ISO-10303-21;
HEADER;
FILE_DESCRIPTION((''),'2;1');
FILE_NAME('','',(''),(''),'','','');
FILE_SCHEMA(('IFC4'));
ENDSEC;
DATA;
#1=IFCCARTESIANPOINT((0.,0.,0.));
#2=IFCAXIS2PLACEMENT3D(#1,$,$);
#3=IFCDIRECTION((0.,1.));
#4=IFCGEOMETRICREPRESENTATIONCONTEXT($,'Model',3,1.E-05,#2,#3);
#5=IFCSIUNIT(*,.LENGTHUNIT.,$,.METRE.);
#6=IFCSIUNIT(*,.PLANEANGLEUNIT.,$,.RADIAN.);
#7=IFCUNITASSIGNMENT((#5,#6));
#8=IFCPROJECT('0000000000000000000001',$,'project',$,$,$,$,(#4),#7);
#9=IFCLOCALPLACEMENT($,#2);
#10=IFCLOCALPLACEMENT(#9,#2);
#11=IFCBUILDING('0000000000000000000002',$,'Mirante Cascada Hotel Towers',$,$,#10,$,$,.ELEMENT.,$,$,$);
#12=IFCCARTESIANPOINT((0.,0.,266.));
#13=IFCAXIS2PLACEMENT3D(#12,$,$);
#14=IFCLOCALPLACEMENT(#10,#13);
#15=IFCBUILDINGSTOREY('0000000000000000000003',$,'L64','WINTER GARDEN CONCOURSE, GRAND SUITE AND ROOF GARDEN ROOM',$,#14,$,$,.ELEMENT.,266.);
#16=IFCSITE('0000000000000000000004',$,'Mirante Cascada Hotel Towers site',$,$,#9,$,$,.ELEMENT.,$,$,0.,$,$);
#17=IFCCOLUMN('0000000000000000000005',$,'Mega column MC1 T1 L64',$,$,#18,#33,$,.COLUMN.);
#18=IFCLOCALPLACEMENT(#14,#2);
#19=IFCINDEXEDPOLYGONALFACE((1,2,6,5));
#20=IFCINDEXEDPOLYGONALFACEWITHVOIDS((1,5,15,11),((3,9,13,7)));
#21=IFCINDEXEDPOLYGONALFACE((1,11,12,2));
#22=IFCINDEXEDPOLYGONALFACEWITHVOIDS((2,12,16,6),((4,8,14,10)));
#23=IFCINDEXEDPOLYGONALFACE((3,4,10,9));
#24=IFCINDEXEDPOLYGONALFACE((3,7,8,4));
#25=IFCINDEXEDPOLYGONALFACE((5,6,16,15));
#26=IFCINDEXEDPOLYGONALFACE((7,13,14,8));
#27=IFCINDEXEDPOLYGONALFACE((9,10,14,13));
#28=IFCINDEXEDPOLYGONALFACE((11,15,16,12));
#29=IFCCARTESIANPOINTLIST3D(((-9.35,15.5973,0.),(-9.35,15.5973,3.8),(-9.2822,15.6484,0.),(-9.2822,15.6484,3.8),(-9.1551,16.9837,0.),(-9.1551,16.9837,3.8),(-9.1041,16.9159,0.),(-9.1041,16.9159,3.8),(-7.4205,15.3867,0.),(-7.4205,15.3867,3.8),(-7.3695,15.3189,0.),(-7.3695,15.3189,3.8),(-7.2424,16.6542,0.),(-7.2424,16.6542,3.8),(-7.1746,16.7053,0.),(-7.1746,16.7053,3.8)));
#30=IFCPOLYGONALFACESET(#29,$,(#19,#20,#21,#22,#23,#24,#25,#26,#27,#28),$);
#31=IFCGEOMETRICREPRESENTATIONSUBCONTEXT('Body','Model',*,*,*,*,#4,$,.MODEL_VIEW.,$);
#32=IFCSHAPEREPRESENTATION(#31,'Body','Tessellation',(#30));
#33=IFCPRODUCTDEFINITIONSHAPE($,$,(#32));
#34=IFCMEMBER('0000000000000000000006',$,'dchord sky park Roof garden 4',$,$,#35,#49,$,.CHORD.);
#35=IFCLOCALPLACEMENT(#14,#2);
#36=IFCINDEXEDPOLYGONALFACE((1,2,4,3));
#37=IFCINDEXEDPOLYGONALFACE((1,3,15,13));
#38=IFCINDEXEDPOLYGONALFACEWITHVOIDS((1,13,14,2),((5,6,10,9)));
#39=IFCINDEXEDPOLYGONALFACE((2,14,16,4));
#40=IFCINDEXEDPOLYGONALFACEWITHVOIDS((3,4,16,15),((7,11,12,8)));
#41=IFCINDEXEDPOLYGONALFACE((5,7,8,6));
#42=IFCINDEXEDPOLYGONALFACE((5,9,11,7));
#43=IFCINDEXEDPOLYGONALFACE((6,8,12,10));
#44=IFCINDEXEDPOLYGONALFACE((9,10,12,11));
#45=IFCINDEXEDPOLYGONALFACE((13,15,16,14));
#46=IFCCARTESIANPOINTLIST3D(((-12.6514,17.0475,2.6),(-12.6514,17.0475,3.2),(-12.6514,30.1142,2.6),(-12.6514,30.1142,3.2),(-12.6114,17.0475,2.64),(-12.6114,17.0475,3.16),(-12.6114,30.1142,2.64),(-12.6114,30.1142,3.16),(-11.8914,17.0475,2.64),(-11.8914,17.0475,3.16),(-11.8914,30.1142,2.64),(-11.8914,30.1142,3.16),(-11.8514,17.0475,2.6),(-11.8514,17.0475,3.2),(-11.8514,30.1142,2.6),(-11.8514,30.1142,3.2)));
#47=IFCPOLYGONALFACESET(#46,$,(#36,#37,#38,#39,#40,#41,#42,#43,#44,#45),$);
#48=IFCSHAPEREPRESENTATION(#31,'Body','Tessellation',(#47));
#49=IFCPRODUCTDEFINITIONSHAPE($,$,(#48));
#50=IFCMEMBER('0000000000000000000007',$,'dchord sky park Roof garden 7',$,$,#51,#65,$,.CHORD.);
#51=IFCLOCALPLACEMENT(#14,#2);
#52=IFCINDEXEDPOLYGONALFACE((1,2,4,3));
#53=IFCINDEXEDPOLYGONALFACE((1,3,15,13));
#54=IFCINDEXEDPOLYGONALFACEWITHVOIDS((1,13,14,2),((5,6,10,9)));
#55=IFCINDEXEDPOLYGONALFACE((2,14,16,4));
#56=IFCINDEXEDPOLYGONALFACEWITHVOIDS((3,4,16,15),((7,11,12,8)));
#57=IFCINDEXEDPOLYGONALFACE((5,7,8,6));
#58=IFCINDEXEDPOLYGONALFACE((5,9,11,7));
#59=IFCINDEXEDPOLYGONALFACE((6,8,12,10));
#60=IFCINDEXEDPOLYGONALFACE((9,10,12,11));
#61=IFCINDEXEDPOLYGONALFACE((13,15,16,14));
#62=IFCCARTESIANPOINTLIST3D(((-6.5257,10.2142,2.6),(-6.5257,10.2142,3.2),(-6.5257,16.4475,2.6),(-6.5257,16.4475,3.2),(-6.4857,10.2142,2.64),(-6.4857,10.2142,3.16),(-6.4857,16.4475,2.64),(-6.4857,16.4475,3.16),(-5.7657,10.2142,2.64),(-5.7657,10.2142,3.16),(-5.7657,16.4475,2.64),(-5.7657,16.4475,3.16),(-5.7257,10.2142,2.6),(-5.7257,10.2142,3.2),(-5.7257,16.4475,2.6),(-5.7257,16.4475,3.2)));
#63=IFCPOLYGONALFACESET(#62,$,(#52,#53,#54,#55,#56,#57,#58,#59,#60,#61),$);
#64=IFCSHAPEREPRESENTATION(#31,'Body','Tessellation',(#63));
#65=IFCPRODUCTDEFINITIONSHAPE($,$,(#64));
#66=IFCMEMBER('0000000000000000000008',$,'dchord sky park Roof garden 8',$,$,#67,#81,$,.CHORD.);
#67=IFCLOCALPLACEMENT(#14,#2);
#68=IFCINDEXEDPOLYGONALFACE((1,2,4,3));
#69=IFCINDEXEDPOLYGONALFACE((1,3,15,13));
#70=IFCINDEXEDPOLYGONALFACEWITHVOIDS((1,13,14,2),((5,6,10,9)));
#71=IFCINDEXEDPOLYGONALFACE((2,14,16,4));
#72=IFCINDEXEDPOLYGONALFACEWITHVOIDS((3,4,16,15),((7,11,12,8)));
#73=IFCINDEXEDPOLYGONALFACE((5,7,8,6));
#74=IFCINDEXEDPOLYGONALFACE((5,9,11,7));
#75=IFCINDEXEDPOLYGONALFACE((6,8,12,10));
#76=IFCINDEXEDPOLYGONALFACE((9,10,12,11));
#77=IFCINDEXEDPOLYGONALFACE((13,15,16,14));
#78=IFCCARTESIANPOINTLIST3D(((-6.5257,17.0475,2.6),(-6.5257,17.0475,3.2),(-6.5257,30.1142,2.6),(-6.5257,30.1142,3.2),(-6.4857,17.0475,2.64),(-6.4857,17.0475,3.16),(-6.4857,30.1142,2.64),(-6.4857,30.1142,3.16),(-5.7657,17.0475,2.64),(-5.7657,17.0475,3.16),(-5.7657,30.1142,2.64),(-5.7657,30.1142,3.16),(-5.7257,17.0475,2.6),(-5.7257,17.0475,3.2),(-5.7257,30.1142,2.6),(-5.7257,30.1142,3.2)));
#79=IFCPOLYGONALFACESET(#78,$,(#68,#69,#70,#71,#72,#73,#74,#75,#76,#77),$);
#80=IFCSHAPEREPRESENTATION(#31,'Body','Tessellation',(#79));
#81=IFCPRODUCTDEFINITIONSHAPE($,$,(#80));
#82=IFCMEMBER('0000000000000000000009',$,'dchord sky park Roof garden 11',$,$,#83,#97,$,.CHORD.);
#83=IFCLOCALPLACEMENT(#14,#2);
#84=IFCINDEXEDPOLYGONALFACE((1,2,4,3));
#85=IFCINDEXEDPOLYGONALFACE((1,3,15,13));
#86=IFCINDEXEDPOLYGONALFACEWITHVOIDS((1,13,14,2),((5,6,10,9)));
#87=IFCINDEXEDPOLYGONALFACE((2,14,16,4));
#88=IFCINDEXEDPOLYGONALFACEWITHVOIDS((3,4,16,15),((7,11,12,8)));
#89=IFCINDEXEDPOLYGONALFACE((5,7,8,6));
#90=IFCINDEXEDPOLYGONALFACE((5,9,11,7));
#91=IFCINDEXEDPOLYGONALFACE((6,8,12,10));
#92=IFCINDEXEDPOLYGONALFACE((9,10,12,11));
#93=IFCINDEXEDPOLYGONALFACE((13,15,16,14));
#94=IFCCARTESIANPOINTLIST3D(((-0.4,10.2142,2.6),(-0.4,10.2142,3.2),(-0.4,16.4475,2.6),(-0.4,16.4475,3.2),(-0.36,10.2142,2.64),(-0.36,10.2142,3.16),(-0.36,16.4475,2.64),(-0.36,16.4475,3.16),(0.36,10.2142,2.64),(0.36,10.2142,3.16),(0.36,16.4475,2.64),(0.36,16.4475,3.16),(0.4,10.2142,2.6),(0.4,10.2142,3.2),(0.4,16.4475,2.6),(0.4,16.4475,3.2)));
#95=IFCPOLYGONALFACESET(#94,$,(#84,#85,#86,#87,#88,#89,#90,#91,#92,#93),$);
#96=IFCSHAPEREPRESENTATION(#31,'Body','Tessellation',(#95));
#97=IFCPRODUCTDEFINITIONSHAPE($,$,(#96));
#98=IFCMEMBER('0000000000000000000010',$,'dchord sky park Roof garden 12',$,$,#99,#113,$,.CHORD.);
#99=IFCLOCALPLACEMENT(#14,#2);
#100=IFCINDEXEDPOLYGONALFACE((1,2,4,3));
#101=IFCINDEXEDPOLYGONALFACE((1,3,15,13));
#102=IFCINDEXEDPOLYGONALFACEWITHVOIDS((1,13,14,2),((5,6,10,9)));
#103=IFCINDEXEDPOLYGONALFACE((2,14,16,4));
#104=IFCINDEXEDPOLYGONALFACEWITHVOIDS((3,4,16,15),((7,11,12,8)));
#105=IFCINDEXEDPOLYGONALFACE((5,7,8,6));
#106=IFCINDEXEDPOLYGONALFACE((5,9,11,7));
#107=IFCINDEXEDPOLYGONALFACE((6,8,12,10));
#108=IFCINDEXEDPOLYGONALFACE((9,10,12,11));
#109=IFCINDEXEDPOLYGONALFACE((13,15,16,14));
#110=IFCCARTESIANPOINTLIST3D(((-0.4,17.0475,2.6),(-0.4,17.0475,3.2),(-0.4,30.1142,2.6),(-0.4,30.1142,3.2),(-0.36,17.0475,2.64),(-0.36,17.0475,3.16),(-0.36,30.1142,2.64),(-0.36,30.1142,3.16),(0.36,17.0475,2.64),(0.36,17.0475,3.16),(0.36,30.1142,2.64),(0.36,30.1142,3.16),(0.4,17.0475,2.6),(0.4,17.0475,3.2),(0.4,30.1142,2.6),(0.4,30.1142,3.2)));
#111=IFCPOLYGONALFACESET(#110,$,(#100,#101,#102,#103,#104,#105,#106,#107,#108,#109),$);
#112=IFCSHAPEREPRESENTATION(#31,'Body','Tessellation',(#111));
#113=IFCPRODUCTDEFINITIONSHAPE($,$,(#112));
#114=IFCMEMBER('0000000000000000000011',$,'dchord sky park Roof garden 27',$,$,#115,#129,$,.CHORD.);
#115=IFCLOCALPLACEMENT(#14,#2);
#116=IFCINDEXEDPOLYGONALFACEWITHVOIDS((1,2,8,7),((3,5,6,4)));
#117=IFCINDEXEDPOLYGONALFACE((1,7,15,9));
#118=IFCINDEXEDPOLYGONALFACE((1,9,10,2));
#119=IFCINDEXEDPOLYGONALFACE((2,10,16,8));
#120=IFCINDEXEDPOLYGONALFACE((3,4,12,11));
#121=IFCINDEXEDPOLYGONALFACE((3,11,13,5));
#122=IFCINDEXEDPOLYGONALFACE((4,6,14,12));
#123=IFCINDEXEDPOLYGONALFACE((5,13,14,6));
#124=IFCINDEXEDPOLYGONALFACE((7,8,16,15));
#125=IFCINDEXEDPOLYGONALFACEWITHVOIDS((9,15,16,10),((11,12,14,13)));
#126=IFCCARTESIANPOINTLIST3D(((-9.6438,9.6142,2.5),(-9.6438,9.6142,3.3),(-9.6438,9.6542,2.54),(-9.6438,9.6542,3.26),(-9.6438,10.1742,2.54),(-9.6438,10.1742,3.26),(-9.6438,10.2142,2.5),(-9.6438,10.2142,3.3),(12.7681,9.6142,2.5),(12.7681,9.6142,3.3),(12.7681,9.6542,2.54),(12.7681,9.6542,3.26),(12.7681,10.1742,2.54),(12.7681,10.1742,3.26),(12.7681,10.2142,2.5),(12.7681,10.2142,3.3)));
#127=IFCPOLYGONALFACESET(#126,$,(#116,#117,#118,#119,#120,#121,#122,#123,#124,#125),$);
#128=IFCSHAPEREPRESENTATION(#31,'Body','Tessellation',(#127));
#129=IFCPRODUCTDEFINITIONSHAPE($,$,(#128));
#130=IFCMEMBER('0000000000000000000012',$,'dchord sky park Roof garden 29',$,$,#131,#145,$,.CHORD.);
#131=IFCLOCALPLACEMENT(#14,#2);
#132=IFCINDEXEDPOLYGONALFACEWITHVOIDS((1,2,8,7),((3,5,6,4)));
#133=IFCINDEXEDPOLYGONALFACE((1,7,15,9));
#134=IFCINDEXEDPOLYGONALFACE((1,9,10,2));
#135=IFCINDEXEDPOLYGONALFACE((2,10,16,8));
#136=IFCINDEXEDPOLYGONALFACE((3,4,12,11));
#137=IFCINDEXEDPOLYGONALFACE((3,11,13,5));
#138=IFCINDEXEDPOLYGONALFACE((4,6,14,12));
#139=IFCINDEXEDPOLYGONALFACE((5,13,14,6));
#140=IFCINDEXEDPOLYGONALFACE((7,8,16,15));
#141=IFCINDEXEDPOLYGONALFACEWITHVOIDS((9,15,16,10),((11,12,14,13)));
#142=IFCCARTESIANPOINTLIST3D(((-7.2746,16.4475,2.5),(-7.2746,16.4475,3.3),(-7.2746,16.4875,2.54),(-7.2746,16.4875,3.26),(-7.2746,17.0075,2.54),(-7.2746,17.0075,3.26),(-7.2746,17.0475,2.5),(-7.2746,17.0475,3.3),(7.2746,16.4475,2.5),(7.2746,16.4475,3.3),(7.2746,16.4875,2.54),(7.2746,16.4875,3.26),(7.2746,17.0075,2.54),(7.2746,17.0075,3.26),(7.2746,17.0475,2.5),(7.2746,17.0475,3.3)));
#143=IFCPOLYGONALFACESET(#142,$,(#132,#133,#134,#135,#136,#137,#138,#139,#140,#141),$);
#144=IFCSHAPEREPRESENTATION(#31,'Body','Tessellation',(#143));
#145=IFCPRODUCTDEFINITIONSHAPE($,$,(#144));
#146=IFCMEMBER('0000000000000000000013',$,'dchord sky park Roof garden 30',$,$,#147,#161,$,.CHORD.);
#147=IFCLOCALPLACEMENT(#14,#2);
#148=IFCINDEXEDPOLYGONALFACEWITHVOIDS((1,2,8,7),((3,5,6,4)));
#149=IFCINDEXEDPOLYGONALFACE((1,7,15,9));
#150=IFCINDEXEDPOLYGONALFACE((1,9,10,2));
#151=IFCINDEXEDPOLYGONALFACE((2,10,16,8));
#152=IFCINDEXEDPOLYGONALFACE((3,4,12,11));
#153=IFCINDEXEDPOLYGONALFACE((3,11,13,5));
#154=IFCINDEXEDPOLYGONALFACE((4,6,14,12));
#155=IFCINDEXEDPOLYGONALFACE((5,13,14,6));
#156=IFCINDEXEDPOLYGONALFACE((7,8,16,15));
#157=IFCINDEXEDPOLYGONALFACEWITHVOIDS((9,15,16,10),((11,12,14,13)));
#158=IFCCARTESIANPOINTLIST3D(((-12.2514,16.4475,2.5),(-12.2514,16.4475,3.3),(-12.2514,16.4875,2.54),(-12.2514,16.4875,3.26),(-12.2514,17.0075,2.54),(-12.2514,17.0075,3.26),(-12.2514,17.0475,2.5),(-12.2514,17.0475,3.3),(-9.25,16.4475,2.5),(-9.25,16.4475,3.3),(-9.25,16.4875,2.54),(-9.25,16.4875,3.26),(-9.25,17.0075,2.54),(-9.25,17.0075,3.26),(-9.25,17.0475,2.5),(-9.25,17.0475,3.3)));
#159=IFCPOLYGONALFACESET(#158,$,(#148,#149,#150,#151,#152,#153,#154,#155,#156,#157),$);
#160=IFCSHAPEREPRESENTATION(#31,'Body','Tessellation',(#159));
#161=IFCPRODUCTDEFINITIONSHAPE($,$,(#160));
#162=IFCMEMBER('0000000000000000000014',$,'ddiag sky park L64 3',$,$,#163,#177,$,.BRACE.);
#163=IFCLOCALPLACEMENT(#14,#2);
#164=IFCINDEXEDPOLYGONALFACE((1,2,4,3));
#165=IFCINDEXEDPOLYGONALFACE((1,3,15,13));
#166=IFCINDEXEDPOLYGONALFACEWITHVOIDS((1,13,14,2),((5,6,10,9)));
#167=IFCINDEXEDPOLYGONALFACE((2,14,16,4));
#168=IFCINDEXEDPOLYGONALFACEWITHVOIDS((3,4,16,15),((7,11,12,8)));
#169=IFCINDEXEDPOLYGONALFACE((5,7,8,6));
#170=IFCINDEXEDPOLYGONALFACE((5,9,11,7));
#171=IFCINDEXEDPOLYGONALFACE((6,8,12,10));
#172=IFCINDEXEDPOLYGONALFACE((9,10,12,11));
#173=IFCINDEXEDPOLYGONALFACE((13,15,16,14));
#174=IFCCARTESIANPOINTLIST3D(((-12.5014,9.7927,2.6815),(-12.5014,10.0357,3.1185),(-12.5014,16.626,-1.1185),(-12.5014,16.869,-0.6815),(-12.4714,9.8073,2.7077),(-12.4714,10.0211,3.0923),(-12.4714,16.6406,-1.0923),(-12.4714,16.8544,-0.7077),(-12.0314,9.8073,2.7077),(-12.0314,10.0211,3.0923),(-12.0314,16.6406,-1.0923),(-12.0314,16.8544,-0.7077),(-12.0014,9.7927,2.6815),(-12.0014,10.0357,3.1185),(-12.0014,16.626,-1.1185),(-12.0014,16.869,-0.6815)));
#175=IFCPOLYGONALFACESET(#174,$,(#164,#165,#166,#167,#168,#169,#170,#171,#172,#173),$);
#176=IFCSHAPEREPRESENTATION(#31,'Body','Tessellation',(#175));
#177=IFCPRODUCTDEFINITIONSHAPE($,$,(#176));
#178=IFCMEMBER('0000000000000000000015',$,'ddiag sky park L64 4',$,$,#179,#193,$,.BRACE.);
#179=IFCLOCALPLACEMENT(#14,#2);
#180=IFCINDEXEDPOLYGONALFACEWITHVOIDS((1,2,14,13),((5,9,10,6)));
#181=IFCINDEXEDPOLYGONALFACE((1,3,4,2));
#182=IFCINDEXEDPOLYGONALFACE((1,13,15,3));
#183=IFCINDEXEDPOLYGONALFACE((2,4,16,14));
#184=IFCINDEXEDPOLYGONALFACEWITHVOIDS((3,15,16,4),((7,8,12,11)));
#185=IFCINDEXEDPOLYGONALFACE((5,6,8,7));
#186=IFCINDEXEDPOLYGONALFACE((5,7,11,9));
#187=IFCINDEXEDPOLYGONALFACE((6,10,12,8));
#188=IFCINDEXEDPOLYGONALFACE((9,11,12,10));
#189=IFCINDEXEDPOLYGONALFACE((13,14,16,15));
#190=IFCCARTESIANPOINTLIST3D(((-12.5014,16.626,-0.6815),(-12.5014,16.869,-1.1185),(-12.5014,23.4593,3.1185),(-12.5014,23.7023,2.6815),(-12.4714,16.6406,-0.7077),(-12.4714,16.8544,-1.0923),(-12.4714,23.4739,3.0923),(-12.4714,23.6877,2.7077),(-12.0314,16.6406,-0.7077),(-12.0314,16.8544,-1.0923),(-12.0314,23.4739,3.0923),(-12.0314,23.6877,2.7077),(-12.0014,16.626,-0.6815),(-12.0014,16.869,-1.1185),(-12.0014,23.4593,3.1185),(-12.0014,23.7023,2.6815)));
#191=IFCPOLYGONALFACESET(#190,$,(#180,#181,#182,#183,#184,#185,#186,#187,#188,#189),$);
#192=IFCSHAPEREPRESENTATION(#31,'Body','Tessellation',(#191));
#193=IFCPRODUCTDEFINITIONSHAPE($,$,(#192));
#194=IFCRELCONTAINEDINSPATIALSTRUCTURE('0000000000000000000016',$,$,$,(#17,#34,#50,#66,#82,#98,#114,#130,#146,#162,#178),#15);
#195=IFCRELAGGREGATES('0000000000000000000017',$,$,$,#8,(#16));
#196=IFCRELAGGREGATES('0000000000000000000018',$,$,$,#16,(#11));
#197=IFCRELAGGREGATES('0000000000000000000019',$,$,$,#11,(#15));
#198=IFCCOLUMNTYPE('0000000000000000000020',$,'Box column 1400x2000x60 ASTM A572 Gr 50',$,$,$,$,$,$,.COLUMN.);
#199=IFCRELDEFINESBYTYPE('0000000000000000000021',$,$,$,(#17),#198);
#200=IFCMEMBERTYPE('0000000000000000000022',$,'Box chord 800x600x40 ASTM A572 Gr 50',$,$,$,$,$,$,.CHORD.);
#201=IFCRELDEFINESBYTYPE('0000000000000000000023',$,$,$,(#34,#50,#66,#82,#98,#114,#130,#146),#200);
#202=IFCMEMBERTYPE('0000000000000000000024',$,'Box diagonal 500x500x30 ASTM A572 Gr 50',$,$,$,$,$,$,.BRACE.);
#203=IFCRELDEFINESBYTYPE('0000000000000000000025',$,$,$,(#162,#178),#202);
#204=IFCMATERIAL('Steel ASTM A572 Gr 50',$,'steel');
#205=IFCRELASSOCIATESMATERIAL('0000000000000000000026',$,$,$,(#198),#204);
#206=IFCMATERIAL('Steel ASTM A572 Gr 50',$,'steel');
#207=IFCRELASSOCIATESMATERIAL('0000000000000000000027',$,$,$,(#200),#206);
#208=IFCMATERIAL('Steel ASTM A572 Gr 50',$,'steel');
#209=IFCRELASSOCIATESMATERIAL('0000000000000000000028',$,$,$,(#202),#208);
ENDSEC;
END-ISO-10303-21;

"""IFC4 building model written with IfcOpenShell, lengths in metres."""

from ifc_helpers import new_model, si_unit, direction, frame, origin, origin_2d, place, context, subcontext, project, spatial, hollow_rectangle, extrude, material, material_profile, profile_set, type_object, element, save


model = new_model("IFC4")

# Units and contexts
model_context = context("Model", 3, precision=1e-05, world=origin(), true_north=direction((0.0, 1.0)))
body_context = subcontext(model_context, "Body", "Model", "MODEL_VIEW")
ifc_project = project(units=[si_unit("LENGTHUNIT", "METRE"), si_unit("PLANEANGLEUNIT", "RADIAN")], contexts=[model_context])

# Site, building, storey
site_placement = place(None, origin())
site = spatial("IfcSite", under=ifc_project, at=site_placement, Name="Mirante Cascada Hotel Towers site", CompositionType="ELEMENT", RefElevation=0.0)
building_placement = place(site_placement, origin())
building = spatial("IfcBuilding", under=site, at=building_placement, Name="Mirante Cascada Hotel Towers", CompositionType="ELEMENT")
storey_placement = place(building_placement, frame((0.0, 0.0, 266.0)))
storey = spatial("IfcBuildingStorey", under=building, at=storey_placement, Name="L64", Description="WINTER GARDEN CONCOURSE, GRAND SUITE AND ROOF GARDEN ROOM", CompositionType="ELEMENT", Elevation=266.0)

# Column
ifc_material_1 = material(Name="Steel ASTM A572 Gr 50", Category="steel")
ifc_material_profile_1 = material_profile(ifc_material_1, hollow_rectangle(XDim=2.0, YDim=1.4, WallThickness=0.06, at=origin_2d()), Name="Box column 1400x2000x60 ASTM A572 Gr 50")
ifc_profile_set_1 = profile_set([ifc_material_profile_1], Name="Steel ASTM A572 Gr 50")
column_type = type_object("IfcColumnType", Name="Box column 1400x2000x60 ASTM A572 Gr 50", PredefinedType="COLUMN", material=ifc_profile_set_1)
column_placement = place(storey_placement, frame((-8.2623, 16.1513, 0.0), z_axis=(0.0, 0.0, 1.0), x_axis=(-0.990268, 0.139173, 0.0)))
element("IfcColumn", 1, at=column_placement, inside=storey, type_object=column_type, Name="Mega column MC1 T1 L64", PredefinedType="COLUMN", context=body_context, shape_type="SweptSolid", body=[
    extrude(hollow_rectangle(XDim=2.0, YDim=1.4, WallThickness=0.06, at=origin_2d()), origin(), (0.0, 0.0, 1.0), 3.8),
])

# Members
ifc_material_2 = material(Name="Steel ASTM A572 Gr 50", Category="steel")
ifc_material_profile_2 = material_profile(ifc_material_2, hollow_rectangle(XDim=0.6, YDim=0.8, WallThickness=0.04, at=origin_2d()), Name="Box chord 800x600x40 ASTM A572 Gr 50")
ifc_profile_set_2 = profile_set([ifc_material_profile_2], Name="Steel ASTM A572 Gr 50")
member_type_1 = type_object("IfcMemberType", Name="Box chord 800x600x40 ASTM A572 Gr 50", PredefinedType="CHORD", material=ifc_profile_set_2)
member_1_placement = place(storey_placement, frame((-12.2514, 17.0475, 2.9), z_axis=(0.0, 1.0, 0.0), x_axis=(0.0, 0.0, 1.0)))
element("IfcMember", 2, at=member_1_placement, inside=storey, type_object=member_type_1, Name="dchord sky park Roof garden 4", PredefinedType="CHORD", context=body_context, shape_type="SweptSolid", body=[
    extrude(hollow_rectangle(XDim=0.6, YDim=0.8, WallThickness=0.04, at=origin_2d()), origin(), (0.0, 0.0, 1.0), 13.0667),
])
member_2_placement = place(storey_placement, frame((-6.1257, 10.2142, 2.9), z_axis=(0.0, 1.0, 0.0), x_axis=(0.0, 0.0, 1.0)))
element("IfcMember", 3, at=member_2_placement, inside=storey, type_object=member_type_1, Name="dchord sky park Roof garden 7", PredefinedType="CHORD", context=body_context, shape_type="SweptSolid", body=[
    extrude(hollow_rectangle(XDim=0.6, YDim=0.8, WallThickness=0.04, at=origin_2d()), origin(), (0.0, 0.0, 1.0), 6.2333),
])
member_3_placement = place(storey_placement, frame((-6.1257, 17.0475, 2.9), z_axis=(0.0, 1.0, 0.0), x_axis=(0.0, 0.0, 1.0)))
element("IfcMember", 4, at=member_3_placement, inside=storey, type_object=member_type_1, Name="dchord sky park Roof garden 8", PredefinedType="CHORD", context=body_context, shape_type="SweptSolid", body=[
    extrude(hollow_rectangle(XDim=0.6, YDim=0.8, WallThickness=0.04, at=origin_2d()), origin(), (0.0, 0.0, 1.0), 13.0667),
])
member_4_placement = place(storey_placement, frame((0.0, 10.2142, 2.9), z_axis=(0.0, 1.0, 0.0), x_axis=(0.0, 0.0, 1.0)))
element("IfcMember", 5, at=member_4_placement, inside=storey, type_object=member_type_1, Name="dchord sky park Roof garden 11", PredefinedType="CHORD", context=body_context, shape_type="SweptSolid", body=[
    extrude(hollow_rectangle(XDim=0.6, YDim=0.8, WallThickness=0.04, at=origin_2d()), origin(), (0.0, 0.0, 1.0), 6.2333),
])
member_5_placement = place(storey_placement, frame((0.0, 17.0475, 2.9), z_axis=(0.0, 1.0, 0.0), x_axis=(0.0, 0.0, 1.0)))
element("IfcMember", 6, at=member_5_placement, inside=storey, type_object=member_type_1, Name="dchord sky park Roof garden 12", PredefinedType="CHORD", context=body_context, shape_type="SweptSolid", body=[
    extrude(hollow_rectangle(XDim=0.6, YDim=0.8, WallThickness=0.04, at=origin_2d()), origin(), (0.0, 0.0, 1.0), 13.0667),
])
member_6_placement = place(storey_placement, frame((-9.6438, 9.9142, 2.9), z_axis=(1.0, 0.0, 0.0), x_axis=(0.0, 1.0, 0.0)))
element("IfcMember", 7, at=member_6_placement, inside=storey, type_object=member_type_1, Name="dchord sky park Roof garden 27", PredefinedType="CHORD", context=body_context, shape_type="SweptSolid", body=[
    extrude(hollow_rectangle(XDim=0.6, YDim=0.8, WallThickness=0.04, at=origin_2d()), origin(), (0.0, 0.0, 1.0), 22.4119),
])
member_7_placement = place(storey_placement, frame((-7.2746, 16.7475, 2.9), z_axis=(1.0, 0.0, 0.0), x_axis=(0.0, 1.0, 0.0)))
element("IfcMember", 8, at=member_7_placement, inside=storey, type_object=member_type_1, Name="dchord sky park Roof garden 29", PredefinedType="CHORD", context=body_context, shape_type="SweptSolid", body=[
    extrude(hollow_rectangle(XDim=0.6, YDim=0.8, WallThickness=0.04, at=origin_2d()), origin(), (0.0, 0.0, 1.0), 14.5492),
])
member_8_placement = place(storey_placement, frame((-12.2514, 16.7475, 2.9), z_axis=(1.0, 0.0, 0.0), x_axis=(0.0, 1.0, 0.0)))
element("IfcMember", 9, at=member_8_placement, inside=storey, type_object=member_type_1, Name="dchord sky park Roof garden 30", PredefinedType="CHORD", context=body_context, shape_type="SweptSolid", body=[
    extrude(hollow_rectangle(XDim=0.6, YDim=0.8, WallThickness=0.04, at=origin_2d()), origin(), (0.0, 0.0, 1.0), 3.0014),
])
ifc_material_3 = material(Name="Steel ASTM A572 Gr 50", Category="steel")
ifc_material_profile_3 = material_profile(ifc_material_3, hollow_rectangle(XDim=0.5, YDim=0.5, WallThickness=0.03, at=origin_2d()), Name="Box diagonal 500x500x30 ASTM A572 Gr 50")
ifc_profile_set_3 = profile_set([ifc_material_profile_3], Name="Steel ASTM A572 Gr 50")
member_type_2 = type_object("IfcMemberType", Name="Box diagonal 500x500x30 ASTM A572 Gr 50", PredefinedType="BRACE", material=ifc_profile_set_3)
for number, where, z_axis, x_axis, name in (
    (10, (-12.2514, 16.7475, -0.9), (0.0, -0.873955, 0.486007), (1.0, 0.0, 0.0), "ddiag sky park L64 3"),
    (11, (-12.2514, 16.7475, -0.9), (0.0, 0.873955, 0.486007), (-1.0, 0.0, 0.0), "ddiag sky park L64 4"),
):
    element("IfcMember", number, at=place(storey_placement, frame(where, z_axis=z_axis, x_axis=x_axis)), inside=storey, type_object=member_type_2, Name=name, PredefinedType="BRACE", context=body_context, shape_type="SweptSolid", body=[
        extrude(hollow_rectangle(XDim=0.5, YDim=0.5, WallThickness=0.03, at=origin_2d()), origin(), (0.0, 0.0, 1.0), 7.8188),
    ])

save(model, "model.ifc")
